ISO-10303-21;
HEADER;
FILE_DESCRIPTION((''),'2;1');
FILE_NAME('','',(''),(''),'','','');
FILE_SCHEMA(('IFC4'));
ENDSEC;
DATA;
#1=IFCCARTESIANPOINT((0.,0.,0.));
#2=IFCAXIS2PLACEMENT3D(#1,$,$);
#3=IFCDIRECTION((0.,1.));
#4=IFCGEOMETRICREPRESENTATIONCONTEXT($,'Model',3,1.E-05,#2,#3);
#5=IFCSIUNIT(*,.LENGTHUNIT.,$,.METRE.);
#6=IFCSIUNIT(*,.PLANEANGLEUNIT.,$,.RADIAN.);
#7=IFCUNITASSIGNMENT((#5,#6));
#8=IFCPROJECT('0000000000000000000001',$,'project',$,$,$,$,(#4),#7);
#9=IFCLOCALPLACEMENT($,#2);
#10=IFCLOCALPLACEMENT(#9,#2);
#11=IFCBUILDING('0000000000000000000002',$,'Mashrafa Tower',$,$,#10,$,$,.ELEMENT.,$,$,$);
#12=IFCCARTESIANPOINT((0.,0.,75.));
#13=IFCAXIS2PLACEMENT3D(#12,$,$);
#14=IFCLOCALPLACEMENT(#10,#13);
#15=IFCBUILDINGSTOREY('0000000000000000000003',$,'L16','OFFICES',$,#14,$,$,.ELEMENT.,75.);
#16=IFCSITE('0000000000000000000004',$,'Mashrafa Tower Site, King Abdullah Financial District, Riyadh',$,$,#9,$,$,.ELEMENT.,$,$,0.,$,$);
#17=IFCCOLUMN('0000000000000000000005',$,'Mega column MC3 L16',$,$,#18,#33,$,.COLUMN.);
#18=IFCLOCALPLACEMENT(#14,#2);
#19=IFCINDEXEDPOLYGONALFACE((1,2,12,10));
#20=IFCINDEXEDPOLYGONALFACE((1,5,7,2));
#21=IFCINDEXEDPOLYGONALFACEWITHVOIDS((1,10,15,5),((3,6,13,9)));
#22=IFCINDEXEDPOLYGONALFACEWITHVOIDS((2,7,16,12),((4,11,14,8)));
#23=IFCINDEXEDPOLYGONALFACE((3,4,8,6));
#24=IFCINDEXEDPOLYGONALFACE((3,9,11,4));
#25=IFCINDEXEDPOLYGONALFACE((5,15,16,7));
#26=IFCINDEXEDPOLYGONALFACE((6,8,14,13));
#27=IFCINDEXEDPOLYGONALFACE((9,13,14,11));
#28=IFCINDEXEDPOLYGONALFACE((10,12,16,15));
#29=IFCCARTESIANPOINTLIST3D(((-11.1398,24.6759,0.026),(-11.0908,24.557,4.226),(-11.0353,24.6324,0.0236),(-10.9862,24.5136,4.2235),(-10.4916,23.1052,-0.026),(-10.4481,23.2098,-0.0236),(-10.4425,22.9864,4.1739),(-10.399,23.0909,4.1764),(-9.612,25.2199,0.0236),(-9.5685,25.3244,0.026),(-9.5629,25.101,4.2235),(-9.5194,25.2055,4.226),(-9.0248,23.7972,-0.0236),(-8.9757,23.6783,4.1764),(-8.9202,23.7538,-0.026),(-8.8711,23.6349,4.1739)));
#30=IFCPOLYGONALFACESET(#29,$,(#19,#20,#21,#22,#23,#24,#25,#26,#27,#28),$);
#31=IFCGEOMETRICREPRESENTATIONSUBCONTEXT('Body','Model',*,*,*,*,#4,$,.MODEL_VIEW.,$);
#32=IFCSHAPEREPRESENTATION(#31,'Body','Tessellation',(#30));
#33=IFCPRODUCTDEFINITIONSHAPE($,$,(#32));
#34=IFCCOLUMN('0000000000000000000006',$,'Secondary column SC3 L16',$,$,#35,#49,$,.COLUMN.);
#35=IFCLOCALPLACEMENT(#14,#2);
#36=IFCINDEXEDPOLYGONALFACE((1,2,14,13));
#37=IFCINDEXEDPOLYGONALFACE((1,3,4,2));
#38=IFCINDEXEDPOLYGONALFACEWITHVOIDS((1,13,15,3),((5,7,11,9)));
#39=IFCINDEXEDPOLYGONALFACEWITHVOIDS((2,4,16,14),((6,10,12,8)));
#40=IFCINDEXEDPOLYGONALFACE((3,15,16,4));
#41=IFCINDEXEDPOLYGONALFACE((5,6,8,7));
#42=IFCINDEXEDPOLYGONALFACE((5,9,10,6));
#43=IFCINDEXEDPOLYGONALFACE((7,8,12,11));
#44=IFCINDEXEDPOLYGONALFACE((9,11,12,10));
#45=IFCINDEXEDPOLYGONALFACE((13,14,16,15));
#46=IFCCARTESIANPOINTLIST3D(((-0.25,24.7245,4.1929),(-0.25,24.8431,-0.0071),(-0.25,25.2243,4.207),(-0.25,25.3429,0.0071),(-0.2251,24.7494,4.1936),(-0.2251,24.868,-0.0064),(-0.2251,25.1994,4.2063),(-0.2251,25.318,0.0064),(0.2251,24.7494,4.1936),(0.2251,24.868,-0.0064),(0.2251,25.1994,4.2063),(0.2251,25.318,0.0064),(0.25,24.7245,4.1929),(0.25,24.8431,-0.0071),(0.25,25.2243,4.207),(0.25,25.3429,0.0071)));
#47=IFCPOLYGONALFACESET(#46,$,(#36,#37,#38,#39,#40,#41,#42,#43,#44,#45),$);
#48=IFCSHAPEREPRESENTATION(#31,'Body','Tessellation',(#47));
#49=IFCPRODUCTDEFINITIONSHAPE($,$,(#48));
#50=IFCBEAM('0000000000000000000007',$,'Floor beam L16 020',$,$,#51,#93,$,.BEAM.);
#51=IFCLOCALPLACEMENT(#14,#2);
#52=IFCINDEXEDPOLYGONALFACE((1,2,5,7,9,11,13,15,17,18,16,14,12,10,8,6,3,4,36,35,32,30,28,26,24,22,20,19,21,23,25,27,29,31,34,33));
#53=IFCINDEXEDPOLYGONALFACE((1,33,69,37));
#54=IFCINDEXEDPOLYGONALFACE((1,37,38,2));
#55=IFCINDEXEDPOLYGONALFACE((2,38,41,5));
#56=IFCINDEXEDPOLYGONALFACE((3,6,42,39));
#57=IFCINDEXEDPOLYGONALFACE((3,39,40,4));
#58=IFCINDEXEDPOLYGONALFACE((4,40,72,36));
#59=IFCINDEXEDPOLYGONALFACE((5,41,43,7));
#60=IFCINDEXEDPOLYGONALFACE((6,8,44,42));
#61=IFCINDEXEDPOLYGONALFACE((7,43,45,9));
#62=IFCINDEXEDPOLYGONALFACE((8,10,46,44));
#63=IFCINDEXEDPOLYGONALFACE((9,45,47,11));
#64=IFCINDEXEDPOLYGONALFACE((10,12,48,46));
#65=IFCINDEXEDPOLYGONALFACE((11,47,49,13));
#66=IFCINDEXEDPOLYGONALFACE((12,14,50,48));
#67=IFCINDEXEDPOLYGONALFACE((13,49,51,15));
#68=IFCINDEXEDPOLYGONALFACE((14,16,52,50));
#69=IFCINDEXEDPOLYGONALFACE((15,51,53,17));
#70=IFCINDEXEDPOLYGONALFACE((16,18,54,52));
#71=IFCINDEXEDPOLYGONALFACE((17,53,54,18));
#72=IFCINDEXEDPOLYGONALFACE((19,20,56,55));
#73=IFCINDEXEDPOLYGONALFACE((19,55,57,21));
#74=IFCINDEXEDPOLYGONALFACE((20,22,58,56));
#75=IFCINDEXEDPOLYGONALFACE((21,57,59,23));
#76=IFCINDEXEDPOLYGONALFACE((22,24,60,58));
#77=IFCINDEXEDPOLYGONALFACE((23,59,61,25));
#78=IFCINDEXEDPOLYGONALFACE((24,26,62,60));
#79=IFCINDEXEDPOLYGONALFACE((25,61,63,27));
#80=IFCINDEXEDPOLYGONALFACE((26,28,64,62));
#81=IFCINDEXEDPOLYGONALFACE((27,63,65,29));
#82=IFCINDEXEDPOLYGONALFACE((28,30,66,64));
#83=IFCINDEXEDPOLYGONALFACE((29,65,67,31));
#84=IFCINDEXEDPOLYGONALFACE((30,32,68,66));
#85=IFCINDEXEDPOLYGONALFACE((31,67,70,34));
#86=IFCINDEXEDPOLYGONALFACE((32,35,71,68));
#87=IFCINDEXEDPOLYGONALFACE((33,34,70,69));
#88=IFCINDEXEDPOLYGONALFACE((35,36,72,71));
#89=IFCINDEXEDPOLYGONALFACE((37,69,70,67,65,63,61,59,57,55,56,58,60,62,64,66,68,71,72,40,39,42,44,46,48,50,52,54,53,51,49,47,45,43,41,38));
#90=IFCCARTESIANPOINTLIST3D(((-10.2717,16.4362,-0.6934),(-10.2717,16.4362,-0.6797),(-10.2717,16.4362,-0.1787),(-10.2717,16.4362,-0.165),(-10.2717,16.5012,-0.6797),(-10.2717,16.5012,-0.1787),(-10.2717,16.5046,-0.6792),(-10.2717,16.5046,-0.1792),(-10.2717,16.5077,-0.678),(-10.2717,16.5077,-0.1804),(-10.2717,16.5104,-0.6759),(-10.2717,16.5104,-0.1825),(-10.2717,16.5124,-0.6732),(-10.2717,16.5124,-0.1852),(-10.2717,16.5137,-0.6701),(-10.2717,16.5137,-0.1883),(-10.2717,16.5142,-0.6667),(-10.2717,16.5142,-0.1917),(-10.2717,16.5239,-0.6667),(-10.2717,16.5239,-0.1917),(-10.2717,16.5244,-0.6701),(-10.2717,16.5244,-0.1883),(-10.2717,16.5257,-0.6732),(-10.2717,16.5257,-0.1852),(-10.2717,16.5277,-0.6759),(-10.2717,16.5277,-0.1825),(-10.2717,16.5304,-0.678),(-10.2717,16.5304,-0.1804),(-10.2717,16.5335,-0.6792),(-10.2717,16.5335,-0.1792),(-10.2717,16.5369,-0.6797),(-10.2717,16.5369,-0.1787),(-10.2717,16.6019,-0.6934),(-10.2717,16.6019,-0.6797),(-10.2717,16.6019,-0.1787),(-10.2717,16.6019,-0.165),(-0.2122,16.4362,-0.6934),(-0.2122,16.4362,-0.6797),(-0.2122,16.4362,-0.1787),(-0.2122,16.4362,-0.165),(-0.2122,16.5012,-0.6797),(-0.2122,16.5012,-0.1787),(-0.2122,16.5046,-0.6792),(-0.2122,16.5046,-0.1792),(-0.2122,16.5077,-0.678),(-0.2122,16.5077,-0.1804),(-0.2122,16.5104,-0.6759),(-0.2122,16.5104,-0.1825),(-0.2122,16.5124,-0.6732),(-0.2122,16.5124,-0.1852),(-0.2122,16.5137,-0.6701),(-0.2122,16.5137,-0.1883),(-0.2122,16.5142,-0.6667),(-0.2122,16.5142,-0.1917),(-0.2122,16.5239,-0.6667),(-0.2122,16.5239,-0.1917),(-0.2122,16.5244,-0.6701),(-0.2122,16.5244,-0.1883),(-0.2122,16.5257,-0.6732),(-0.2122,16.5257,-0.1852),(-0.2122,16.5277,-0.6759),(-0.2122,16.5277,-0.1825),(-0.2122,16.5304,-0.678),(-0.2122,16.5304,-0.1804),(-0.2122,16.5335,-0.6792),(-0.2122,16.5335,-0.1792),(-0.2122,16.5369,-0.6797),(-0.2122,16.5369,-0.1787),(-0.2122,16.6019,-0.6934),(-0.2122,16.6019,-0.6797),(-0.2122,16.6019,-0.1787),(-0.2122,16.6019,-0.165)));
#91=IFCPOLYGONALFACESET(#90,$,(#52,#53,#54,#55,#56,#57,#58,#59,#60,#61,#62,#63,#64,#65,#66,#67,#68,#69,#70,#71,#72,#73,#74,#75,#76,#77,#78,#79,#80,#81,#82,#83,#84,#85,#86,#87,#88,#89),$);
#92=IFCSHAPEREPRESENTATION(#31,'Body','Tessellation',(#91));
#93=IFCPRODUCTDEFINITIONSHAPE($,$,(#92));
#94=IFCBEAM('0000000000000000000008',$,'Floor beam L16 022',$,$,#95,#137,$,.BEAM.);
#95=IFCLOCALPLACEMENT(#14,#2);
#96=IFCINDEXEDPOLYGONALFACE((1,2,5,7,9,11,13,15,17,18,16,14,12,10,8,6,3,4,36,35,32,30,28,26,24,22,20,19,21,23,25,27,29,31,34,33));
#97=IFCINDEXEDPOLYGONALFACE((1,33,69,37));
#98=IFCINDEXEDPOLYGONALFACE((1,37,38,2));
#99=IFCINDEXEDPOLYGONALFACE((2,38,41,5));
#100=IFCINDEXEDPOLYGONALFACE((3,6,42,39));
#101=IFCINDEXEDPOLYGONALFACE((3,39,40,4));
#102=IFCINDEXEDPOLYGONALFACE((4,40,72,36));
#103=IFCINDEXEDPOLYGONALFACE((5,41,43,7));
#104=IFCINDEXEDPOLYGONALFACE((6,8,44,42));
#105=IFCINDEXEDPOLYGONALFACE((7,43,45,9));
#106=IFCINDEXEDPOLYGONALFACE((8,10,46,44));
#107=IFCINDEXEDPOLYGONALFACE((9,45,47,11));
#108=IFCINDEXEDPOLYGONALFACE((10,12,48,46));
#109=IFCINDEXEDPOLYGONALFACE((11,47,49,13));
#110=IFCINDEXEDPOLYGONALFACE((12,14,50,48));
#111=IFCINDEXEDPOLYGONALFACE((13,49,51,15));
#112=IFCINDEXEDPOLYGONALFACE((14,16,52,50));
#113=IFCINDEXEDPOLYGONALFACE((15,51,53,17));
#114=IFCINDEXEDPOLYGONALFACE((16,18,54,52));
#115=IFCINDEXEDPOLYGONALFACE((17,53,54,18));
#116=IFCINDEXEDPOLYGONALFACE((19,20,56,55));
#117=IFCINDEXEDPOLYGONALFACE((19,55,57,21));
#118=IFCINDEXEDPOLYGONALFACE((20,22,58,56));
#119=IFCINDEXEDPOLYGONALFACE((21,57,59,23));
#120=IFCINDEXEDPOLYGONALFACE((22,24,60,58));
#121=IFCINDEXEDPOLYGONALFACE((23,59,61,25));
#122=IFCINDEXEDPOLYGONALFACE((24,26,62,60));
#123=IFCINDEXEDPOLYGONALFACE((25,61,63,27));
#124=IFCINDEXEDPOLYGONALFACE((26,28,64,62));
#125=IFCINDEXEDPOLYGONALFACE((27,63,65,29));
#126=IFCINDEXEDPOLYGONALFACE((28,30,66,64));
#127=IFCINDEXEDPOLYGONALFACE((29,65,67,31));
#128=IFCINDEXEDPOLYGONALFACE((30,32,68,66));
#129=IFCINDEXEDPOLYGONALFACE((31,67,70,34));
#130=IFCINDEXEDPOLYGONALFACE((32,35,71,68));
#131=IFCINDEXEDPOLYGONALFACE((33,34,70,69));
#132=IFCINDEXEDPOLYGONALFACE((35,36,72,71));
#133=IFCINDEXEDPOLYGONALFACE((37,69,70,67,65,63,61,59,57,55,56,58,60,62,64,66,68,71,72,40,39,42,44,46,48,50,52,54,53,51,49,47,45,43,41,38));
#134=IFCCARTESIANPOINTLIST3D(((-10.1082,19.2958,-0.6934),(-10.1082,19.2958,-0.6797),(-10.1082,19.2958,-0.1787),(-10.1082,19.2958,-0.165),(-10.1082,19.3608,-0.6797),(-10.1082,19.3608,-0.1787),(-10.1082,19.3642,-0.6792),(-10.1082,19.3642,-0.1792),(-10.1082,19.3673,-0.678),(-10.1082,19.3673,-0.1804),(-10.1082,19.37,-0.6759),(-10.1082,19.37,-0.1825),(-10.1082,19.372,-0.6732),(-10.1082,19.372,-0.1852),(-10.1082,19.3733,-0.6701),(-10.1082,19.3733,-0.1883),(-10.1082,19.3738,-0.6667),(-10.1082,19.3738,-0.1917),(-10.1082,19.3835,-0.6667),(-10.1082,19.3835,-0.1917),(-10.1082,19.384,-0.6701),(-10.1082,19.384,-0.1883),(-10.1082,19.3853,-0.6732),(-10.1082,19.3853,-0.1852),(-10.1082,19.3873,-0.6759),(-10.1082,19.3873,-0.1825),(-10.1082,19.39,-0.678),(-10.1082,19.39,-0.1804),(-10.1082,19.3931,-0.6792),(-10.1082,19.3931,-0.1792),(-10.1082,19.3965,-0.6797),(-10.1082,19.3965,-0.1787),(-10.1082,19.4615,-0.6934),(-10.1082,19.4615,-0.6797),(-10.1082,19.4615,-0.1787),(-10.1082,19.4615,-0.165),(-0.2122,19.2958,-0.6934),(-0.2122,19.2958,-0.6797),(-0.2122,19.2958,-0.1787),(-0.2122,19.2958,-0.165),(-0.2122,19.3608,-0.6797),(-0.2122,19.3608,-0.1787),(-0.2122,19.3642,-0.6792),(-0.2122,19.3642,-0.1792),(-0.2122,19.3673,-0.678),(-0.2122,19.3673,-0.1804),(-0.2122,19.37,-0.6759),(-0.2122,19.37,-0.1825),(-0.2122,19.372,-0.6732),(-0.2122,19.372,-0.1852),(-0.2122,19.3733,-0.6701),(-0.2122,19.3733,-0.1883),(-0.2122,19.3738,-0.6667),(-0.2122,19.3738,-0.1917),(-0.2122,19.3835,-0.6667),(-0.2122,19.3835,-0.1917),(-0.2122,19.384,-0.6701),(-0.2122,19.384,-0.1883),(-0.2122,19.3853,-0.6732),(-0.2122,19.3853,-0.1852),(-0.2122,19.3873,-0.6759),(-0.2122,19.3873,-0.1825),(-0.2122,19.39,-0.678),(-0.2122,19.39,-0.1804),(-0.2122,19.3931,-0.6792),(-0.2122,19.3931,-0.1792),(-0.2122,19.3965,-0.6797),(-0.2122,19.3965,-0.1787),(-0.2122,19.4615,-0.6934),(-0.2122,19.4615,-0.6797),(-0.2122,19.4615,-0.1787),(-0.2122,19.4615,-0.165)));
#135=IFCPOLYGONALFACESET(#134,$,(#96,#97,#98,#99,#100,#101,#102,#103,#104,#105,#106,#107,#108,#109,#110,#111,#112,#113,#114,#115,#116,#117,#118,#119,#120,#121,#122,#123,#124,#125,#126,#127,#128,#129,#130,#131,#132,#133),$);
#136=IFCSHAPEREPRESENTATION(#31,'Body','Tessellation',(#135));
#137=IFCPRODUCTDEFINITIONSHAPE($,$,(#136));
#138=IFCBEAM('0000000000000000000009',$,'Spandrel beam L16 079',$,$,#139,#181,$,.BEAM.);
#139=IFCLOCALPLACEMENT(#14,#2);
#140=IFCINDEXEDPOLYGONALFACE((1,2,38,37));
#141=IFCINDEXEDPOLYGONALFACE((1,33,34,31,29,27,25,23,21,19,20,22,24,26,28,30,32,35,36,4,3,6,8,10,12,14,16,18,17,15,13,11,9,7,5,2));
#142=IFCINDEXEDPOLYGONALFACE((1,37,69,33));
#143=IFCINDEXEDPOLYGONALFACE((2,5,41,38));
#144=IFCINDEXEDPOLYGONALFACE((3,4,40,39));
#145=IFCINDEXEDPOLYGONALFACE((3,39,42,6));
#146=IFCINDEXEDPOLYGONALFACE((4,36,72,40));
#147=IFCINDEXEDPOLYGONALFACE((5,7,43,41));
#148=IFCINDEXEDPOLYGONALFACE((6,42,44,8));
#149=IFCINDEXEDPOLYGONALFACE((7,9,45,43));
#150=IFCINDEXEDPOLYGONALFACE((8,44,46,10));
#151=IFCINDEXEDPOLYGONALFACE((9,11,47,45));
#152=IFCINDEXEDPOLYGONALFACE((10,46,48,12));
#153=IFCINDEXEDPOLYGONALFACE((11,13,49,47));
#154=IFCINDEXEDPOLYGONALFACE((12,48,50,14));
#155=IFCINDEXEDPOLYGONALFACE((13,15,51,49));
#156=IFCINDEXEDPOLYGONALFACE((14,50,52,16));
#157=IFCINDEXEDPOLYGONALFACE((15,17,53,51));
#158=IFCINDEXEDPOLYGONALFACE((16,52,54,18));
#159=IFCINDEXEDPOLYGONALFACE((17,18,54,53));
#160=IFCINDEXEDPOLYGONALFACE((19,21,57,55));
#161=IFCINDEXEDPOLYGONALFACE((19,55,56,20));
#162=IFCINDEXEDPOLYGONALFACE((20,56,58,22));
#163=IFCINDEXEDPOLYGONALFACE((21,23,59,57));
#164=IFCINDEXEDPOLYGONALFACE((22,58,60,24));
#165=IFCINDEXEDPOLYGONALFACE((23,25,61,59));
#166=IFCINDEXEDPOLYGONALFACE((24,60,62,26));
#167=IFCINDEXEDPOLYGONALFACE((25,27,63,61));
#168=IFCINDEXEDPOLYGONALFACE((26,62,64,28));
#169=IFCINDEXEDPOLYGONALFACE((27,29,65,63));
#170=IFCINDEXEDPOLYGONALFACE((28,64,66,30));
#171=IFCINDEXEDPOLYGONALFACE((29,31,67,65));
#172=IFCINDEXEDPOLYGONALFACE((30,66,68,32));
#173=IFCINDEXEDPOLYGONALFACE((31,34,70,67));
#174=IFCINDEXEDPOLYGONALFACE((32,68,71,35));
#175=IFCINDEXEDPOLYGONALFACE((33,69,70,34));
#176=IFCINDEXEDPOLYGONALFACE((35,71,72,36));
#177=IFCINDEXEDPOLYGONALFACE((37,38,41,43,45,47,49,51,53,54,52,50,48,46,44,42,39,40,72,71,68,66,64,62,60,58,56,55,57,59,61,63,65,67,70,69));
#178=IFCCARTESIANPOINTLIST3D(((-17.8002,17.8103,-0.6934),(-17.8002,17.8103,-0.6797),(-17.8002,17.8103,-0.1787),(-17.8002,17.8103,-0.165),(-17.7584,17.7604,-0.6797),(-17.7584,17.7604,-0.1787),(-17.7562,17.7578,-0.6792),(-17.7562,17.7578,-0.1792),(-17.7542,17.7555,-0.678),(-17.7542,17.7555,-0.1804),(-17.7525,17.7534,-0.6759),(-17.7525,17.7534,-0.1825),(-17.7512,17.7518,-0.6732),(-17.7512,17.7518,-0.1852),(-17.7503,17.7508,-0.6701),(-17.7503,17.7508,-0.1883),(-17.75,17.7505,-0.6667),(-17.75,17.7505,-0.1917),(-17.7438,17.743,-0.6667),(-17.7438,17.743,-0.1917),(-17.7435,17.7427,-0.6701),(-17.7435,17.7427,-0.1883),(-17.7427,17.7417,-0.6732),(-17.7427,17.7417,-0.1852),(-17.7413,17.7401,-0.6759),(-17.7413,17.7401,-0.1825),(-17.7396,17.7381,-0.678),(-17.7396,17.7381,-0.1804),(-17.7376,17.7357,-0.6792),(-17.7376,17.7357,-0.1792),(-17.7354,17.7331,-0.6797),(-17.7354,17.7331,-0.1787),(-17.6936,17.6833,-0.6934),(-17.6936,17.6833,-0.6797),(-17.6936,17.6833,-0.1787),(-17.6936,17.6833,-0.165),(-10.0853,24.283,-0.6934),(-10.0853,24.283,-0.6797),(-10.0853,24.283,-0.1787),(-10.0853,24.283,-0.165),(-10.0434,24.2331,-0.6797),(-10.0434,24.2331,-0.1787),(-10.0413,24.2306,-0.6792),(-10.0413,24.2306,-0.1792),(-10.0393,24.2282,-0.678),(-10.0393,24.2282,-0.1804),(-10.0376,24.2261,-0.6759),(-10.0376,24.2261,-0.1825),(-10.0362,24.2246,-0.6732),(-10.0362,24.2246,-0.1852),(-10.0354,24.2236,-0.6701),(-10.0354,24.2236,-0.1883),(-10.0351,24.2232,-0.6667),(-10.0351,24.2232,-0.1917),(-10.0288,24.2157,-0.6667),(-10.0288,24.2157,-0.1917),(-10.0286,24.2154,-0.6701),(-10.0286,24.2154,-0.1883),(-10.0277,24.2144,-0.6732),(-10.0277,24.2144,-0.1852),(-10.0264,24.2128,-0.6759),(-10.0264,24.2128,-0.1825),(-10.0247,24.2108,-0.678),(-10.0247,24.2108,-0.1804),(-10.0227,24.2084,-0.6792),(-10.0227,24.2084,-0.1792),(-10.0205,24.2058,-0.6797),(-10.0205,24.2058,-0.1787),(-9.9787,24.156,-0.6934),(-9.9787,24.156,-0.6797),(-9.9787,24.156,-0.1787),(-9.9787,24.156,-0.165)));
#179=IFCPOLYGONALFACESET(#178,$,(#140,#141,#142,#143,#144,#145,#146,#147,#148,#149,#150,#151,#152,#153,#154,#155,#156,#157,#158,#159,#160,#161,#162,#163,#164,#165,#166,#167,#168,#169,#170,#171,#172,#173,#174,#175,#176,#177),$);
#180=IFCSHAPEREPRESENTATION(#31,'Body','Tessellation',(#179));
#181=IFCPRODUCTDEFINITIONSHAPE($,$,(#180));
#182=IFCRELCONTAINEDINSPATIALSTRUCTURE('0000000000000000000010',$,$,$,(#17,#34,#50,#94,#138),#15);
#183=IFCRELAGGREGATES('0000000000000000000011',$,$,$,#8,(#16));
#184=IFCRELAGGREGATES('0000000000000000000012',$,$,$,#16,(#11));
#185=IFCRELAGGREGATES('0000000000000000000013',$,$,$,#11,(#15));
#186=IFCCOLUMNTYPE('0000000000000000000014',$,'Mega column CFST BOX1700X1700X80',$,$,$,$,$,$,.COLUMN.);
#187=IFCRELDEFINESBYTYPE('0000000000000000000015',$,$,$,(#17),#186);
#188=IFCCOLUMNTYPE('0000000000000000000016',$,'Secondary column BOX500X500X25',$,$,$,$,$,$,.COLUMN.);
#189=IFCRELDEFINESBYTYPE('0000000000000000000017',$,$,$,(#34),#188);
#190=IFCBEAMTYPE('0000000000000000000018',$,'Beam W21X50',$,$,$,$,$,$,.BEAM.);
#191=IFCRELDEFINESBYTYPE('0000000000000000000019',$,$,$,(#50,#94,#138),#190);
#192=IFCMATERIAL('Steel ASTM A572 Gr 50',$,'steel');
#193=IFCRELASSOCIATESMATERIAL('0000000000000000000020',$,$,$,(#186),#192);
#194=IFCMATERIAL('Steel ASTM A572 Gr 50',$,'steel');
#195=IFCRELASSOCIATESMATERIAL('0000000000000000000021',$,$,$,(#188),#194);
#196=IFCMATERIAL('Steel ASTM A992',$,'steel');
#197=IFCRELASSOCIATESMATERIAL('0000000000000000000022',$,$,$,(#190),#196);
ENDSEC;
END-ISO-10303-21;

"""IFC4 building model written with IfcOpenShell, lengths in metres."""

from ifc_helpers import new_model, si_unit, direction, frame, origin, origin_2d, place, context, subcontext, project, spatial, hollow_rectangle, i_section, extrude, material, material_profile, profile_set, type_object, element, save


model = new_model("IFC4")

# Units and contexts
model_context = context("Model", 3, precision=1e-05, world=origin(), true_north=direction((0.0, 1.0)))
body_context = subcontext(model_context, "Body", "Model", "MODEL_VIEW")
ifc_project = project(units=[si_unit("LENGTHUNIT", "METRE"), si_unit("PLANEANGLEUNIT", "RADIAN")], contexts=[model_context])

# Site, building, storey
site_placement = place(None, origin())
site = spatial("IfcSite", under=ifc_project, at=site_placement, Name="Mashrafa Tower Site, King Abdullah Financial District, Riyadh", CompositionType="ELEMENT", RefElevation=0.0)
building_placement = place(site_placement, origin())
building = spatial("IfcBuilding", under=site, at=building_placement, Name="Mashrafa Tower", CompositionType="ELEMENT")
storey_placement = place(building_placement, frame((0.0, 0.0, 75.0)))
storey = spatial("IfcBuildingStorey", under=building, at=storey_placement, Name="L16", Description="OFFICES", CompositionType="ELEMENT", Elevation=75.0)

# Columns
ifc_material_1 = material(Name="Steel ASTM A572 Gr 50", Category="steel")
ifc_material_profile_1 = material_profile(ifc_material_1, hollow_rectangle(XDim=1.7, YDim=1.7, WallThickness=0.0801, at=origin_2d()), Name="BOX1700X1700X80")
ifc_profile_set_1 = profile_set([ifc_material_profile_1], Name="Steel ASTM A572 Gr 50")
column_type_1 = type_object("IfcColumnType", Name="Mega column CFST BOX1700X1700X80", PredefinedType="COLUMN", material=ifc_profile_set_1)
column_1_placement = place(storey_placement, frame((-10.03, 24.2148, 0.0), z_axis=(0.011679, -0.028296, 0.999531), x_axis=(0.924363, 0.381513, 0.0)))
element("IfcColumn", 1, at=column_1_placement, inside=storey, type_object=column_type_1, Name="Mega column MC3 L16", PredefinedType="COLUMN", context=body_context, shape_type="SweptSolid", body=[
    extrude(hollow_rectangle(XDim=1.7, YDim=1.7, WallThickness=0.0801, at=origin_2d()), origin(), (0.0, 0.0, 1.0), 4.2019),
])
ifc_material_2 = material(Name="Steel ASTM A572 Gr 50", Category="steel")
ifc_material_profile_2 = material_profile(ifc_material_2, hollow_rectangle(XDim=0.5, YDim=0.5, WallThickness=0.0249, at=origin_2d()), Name="BOX500X500X25")
ifc_profile_set_2 = profile_set([ifc_material_profile_2], Name="Steel ASTM A572 Gr 50")
column_type_2 = type_object("IfcColumnType", Name="Secondary column BOX500X500X25", PredefinedType="COLUMN", material=ifc_profile_set_2)
column_2_placement = place(storey_placement, frame((0.0, 25.093, 0.0), z_axis=(0.0, -0.02824, 0.999601), x_axis=(1.0, 0.0, 0.0)))
element("IfcColumn", 2, at=column_2_placement, inside=storey, type_object=column_type_2, Name="Secondary column SC3 L16", PredefinedType="COLUMN", context=body_context, shape_type="SweptSolid", body=[
    extrude(hollow_rectangle(XDim=0.5, YDim=0.5, WallThickness=0.0249, at=origin_2d()), origin(), (0.0, 0.0, 1.0), 4.2017),
])

# Beams
ifc_material_3 = material(Name="Steel ASTM A992", Category="steel")
ifc_material_profile_3 = material_profile(ifc_material_3, i_section(OverallWidth=0.1658, OverallDepth=0.5283, WebThickness=0.0098, FlangeThickness=0.0137, FilletRadius=0.0129, at=origin_2d()), Name="W21X50")
ifc_profile_set_3 = profile_set([ifc_material_profile_3], Name="Steel ASTM A992")
beam_type_1 = type_object("IfcBeamType", Name="Beam W21X50", PredefinedType="BEAM", material=ifc_profile_set_3)
beam_1_placement = place(storey_placement, frame((-10.2717, 16.519, -0.4292), z_axis=(1.0, 0.0, 0.0), x_axis=(0.0, 1.0, 0.0)))
element("IfcBeam", 3, at=beam_1_placement, inside=storey, type_object=beam_type_1, Name="Floor beam L16 020", PredefinedType="BEAM", context=body_context, shape_type="SweptSolid", body=[
    extrude(i_section(OverallWidth=0.1658, OverallDepth=0.5283, WebThickness=0.0098, FlangeThickness=0.0137, FilletRadius=0.0129, at=origin_2d()), origin(), (0.0, 0.0, 1.0), 10.0596),
])
beam_2_placement = place(storey_placement, frame((-10.1082, 19.3787, -0.4292), z_axis=(1.0, 0.0, 0.0), x_axis=(0.0, 1.0, 0.0)))
element("IfcBeam", 4, at=beam_2_placement, inside=storey, type_object=beam_type_1, Name="Floor beam L16 022", PredefinedType="BEAM", context=body_context, shape_type="SweptSolid", body=[
    extrude(i_section(OverallWidth=0.1658, OverallDepth=0.5283, WebThickness=0.0098, FlangeThickness=0.0137, FilletRadius=0.0129, at=origin_2d()), origin(), (0.0, 0.0, 1.0), 9.896),
])
beam_3_placement = place(storey_placement, frame((-10.032, 24.2195, -0.4292), z_axis=(-0.766087, -0.642737, 0.0), x_axis=(0.642737, -0.766087, 0.0)))
element("IfcBeam", 5, at=beam_3_placement, inside=storey, type_object=beam_type_1, Name="Spandrel beam L16 079", PredefinedType="BEAM", context=body_context, shape_type="SweptSolid", body=[
    extrude(i_section(OverallWidth=0.1658, OverallDepth=0.5283, WebThickness=0.0098, FlangeThickness=0.0137, FilletRadius=0.0129, at=origin_2d()), origin(), (0.0, 0.0, 1.0), 10.0706),
])

save(model, "model.ifc")
